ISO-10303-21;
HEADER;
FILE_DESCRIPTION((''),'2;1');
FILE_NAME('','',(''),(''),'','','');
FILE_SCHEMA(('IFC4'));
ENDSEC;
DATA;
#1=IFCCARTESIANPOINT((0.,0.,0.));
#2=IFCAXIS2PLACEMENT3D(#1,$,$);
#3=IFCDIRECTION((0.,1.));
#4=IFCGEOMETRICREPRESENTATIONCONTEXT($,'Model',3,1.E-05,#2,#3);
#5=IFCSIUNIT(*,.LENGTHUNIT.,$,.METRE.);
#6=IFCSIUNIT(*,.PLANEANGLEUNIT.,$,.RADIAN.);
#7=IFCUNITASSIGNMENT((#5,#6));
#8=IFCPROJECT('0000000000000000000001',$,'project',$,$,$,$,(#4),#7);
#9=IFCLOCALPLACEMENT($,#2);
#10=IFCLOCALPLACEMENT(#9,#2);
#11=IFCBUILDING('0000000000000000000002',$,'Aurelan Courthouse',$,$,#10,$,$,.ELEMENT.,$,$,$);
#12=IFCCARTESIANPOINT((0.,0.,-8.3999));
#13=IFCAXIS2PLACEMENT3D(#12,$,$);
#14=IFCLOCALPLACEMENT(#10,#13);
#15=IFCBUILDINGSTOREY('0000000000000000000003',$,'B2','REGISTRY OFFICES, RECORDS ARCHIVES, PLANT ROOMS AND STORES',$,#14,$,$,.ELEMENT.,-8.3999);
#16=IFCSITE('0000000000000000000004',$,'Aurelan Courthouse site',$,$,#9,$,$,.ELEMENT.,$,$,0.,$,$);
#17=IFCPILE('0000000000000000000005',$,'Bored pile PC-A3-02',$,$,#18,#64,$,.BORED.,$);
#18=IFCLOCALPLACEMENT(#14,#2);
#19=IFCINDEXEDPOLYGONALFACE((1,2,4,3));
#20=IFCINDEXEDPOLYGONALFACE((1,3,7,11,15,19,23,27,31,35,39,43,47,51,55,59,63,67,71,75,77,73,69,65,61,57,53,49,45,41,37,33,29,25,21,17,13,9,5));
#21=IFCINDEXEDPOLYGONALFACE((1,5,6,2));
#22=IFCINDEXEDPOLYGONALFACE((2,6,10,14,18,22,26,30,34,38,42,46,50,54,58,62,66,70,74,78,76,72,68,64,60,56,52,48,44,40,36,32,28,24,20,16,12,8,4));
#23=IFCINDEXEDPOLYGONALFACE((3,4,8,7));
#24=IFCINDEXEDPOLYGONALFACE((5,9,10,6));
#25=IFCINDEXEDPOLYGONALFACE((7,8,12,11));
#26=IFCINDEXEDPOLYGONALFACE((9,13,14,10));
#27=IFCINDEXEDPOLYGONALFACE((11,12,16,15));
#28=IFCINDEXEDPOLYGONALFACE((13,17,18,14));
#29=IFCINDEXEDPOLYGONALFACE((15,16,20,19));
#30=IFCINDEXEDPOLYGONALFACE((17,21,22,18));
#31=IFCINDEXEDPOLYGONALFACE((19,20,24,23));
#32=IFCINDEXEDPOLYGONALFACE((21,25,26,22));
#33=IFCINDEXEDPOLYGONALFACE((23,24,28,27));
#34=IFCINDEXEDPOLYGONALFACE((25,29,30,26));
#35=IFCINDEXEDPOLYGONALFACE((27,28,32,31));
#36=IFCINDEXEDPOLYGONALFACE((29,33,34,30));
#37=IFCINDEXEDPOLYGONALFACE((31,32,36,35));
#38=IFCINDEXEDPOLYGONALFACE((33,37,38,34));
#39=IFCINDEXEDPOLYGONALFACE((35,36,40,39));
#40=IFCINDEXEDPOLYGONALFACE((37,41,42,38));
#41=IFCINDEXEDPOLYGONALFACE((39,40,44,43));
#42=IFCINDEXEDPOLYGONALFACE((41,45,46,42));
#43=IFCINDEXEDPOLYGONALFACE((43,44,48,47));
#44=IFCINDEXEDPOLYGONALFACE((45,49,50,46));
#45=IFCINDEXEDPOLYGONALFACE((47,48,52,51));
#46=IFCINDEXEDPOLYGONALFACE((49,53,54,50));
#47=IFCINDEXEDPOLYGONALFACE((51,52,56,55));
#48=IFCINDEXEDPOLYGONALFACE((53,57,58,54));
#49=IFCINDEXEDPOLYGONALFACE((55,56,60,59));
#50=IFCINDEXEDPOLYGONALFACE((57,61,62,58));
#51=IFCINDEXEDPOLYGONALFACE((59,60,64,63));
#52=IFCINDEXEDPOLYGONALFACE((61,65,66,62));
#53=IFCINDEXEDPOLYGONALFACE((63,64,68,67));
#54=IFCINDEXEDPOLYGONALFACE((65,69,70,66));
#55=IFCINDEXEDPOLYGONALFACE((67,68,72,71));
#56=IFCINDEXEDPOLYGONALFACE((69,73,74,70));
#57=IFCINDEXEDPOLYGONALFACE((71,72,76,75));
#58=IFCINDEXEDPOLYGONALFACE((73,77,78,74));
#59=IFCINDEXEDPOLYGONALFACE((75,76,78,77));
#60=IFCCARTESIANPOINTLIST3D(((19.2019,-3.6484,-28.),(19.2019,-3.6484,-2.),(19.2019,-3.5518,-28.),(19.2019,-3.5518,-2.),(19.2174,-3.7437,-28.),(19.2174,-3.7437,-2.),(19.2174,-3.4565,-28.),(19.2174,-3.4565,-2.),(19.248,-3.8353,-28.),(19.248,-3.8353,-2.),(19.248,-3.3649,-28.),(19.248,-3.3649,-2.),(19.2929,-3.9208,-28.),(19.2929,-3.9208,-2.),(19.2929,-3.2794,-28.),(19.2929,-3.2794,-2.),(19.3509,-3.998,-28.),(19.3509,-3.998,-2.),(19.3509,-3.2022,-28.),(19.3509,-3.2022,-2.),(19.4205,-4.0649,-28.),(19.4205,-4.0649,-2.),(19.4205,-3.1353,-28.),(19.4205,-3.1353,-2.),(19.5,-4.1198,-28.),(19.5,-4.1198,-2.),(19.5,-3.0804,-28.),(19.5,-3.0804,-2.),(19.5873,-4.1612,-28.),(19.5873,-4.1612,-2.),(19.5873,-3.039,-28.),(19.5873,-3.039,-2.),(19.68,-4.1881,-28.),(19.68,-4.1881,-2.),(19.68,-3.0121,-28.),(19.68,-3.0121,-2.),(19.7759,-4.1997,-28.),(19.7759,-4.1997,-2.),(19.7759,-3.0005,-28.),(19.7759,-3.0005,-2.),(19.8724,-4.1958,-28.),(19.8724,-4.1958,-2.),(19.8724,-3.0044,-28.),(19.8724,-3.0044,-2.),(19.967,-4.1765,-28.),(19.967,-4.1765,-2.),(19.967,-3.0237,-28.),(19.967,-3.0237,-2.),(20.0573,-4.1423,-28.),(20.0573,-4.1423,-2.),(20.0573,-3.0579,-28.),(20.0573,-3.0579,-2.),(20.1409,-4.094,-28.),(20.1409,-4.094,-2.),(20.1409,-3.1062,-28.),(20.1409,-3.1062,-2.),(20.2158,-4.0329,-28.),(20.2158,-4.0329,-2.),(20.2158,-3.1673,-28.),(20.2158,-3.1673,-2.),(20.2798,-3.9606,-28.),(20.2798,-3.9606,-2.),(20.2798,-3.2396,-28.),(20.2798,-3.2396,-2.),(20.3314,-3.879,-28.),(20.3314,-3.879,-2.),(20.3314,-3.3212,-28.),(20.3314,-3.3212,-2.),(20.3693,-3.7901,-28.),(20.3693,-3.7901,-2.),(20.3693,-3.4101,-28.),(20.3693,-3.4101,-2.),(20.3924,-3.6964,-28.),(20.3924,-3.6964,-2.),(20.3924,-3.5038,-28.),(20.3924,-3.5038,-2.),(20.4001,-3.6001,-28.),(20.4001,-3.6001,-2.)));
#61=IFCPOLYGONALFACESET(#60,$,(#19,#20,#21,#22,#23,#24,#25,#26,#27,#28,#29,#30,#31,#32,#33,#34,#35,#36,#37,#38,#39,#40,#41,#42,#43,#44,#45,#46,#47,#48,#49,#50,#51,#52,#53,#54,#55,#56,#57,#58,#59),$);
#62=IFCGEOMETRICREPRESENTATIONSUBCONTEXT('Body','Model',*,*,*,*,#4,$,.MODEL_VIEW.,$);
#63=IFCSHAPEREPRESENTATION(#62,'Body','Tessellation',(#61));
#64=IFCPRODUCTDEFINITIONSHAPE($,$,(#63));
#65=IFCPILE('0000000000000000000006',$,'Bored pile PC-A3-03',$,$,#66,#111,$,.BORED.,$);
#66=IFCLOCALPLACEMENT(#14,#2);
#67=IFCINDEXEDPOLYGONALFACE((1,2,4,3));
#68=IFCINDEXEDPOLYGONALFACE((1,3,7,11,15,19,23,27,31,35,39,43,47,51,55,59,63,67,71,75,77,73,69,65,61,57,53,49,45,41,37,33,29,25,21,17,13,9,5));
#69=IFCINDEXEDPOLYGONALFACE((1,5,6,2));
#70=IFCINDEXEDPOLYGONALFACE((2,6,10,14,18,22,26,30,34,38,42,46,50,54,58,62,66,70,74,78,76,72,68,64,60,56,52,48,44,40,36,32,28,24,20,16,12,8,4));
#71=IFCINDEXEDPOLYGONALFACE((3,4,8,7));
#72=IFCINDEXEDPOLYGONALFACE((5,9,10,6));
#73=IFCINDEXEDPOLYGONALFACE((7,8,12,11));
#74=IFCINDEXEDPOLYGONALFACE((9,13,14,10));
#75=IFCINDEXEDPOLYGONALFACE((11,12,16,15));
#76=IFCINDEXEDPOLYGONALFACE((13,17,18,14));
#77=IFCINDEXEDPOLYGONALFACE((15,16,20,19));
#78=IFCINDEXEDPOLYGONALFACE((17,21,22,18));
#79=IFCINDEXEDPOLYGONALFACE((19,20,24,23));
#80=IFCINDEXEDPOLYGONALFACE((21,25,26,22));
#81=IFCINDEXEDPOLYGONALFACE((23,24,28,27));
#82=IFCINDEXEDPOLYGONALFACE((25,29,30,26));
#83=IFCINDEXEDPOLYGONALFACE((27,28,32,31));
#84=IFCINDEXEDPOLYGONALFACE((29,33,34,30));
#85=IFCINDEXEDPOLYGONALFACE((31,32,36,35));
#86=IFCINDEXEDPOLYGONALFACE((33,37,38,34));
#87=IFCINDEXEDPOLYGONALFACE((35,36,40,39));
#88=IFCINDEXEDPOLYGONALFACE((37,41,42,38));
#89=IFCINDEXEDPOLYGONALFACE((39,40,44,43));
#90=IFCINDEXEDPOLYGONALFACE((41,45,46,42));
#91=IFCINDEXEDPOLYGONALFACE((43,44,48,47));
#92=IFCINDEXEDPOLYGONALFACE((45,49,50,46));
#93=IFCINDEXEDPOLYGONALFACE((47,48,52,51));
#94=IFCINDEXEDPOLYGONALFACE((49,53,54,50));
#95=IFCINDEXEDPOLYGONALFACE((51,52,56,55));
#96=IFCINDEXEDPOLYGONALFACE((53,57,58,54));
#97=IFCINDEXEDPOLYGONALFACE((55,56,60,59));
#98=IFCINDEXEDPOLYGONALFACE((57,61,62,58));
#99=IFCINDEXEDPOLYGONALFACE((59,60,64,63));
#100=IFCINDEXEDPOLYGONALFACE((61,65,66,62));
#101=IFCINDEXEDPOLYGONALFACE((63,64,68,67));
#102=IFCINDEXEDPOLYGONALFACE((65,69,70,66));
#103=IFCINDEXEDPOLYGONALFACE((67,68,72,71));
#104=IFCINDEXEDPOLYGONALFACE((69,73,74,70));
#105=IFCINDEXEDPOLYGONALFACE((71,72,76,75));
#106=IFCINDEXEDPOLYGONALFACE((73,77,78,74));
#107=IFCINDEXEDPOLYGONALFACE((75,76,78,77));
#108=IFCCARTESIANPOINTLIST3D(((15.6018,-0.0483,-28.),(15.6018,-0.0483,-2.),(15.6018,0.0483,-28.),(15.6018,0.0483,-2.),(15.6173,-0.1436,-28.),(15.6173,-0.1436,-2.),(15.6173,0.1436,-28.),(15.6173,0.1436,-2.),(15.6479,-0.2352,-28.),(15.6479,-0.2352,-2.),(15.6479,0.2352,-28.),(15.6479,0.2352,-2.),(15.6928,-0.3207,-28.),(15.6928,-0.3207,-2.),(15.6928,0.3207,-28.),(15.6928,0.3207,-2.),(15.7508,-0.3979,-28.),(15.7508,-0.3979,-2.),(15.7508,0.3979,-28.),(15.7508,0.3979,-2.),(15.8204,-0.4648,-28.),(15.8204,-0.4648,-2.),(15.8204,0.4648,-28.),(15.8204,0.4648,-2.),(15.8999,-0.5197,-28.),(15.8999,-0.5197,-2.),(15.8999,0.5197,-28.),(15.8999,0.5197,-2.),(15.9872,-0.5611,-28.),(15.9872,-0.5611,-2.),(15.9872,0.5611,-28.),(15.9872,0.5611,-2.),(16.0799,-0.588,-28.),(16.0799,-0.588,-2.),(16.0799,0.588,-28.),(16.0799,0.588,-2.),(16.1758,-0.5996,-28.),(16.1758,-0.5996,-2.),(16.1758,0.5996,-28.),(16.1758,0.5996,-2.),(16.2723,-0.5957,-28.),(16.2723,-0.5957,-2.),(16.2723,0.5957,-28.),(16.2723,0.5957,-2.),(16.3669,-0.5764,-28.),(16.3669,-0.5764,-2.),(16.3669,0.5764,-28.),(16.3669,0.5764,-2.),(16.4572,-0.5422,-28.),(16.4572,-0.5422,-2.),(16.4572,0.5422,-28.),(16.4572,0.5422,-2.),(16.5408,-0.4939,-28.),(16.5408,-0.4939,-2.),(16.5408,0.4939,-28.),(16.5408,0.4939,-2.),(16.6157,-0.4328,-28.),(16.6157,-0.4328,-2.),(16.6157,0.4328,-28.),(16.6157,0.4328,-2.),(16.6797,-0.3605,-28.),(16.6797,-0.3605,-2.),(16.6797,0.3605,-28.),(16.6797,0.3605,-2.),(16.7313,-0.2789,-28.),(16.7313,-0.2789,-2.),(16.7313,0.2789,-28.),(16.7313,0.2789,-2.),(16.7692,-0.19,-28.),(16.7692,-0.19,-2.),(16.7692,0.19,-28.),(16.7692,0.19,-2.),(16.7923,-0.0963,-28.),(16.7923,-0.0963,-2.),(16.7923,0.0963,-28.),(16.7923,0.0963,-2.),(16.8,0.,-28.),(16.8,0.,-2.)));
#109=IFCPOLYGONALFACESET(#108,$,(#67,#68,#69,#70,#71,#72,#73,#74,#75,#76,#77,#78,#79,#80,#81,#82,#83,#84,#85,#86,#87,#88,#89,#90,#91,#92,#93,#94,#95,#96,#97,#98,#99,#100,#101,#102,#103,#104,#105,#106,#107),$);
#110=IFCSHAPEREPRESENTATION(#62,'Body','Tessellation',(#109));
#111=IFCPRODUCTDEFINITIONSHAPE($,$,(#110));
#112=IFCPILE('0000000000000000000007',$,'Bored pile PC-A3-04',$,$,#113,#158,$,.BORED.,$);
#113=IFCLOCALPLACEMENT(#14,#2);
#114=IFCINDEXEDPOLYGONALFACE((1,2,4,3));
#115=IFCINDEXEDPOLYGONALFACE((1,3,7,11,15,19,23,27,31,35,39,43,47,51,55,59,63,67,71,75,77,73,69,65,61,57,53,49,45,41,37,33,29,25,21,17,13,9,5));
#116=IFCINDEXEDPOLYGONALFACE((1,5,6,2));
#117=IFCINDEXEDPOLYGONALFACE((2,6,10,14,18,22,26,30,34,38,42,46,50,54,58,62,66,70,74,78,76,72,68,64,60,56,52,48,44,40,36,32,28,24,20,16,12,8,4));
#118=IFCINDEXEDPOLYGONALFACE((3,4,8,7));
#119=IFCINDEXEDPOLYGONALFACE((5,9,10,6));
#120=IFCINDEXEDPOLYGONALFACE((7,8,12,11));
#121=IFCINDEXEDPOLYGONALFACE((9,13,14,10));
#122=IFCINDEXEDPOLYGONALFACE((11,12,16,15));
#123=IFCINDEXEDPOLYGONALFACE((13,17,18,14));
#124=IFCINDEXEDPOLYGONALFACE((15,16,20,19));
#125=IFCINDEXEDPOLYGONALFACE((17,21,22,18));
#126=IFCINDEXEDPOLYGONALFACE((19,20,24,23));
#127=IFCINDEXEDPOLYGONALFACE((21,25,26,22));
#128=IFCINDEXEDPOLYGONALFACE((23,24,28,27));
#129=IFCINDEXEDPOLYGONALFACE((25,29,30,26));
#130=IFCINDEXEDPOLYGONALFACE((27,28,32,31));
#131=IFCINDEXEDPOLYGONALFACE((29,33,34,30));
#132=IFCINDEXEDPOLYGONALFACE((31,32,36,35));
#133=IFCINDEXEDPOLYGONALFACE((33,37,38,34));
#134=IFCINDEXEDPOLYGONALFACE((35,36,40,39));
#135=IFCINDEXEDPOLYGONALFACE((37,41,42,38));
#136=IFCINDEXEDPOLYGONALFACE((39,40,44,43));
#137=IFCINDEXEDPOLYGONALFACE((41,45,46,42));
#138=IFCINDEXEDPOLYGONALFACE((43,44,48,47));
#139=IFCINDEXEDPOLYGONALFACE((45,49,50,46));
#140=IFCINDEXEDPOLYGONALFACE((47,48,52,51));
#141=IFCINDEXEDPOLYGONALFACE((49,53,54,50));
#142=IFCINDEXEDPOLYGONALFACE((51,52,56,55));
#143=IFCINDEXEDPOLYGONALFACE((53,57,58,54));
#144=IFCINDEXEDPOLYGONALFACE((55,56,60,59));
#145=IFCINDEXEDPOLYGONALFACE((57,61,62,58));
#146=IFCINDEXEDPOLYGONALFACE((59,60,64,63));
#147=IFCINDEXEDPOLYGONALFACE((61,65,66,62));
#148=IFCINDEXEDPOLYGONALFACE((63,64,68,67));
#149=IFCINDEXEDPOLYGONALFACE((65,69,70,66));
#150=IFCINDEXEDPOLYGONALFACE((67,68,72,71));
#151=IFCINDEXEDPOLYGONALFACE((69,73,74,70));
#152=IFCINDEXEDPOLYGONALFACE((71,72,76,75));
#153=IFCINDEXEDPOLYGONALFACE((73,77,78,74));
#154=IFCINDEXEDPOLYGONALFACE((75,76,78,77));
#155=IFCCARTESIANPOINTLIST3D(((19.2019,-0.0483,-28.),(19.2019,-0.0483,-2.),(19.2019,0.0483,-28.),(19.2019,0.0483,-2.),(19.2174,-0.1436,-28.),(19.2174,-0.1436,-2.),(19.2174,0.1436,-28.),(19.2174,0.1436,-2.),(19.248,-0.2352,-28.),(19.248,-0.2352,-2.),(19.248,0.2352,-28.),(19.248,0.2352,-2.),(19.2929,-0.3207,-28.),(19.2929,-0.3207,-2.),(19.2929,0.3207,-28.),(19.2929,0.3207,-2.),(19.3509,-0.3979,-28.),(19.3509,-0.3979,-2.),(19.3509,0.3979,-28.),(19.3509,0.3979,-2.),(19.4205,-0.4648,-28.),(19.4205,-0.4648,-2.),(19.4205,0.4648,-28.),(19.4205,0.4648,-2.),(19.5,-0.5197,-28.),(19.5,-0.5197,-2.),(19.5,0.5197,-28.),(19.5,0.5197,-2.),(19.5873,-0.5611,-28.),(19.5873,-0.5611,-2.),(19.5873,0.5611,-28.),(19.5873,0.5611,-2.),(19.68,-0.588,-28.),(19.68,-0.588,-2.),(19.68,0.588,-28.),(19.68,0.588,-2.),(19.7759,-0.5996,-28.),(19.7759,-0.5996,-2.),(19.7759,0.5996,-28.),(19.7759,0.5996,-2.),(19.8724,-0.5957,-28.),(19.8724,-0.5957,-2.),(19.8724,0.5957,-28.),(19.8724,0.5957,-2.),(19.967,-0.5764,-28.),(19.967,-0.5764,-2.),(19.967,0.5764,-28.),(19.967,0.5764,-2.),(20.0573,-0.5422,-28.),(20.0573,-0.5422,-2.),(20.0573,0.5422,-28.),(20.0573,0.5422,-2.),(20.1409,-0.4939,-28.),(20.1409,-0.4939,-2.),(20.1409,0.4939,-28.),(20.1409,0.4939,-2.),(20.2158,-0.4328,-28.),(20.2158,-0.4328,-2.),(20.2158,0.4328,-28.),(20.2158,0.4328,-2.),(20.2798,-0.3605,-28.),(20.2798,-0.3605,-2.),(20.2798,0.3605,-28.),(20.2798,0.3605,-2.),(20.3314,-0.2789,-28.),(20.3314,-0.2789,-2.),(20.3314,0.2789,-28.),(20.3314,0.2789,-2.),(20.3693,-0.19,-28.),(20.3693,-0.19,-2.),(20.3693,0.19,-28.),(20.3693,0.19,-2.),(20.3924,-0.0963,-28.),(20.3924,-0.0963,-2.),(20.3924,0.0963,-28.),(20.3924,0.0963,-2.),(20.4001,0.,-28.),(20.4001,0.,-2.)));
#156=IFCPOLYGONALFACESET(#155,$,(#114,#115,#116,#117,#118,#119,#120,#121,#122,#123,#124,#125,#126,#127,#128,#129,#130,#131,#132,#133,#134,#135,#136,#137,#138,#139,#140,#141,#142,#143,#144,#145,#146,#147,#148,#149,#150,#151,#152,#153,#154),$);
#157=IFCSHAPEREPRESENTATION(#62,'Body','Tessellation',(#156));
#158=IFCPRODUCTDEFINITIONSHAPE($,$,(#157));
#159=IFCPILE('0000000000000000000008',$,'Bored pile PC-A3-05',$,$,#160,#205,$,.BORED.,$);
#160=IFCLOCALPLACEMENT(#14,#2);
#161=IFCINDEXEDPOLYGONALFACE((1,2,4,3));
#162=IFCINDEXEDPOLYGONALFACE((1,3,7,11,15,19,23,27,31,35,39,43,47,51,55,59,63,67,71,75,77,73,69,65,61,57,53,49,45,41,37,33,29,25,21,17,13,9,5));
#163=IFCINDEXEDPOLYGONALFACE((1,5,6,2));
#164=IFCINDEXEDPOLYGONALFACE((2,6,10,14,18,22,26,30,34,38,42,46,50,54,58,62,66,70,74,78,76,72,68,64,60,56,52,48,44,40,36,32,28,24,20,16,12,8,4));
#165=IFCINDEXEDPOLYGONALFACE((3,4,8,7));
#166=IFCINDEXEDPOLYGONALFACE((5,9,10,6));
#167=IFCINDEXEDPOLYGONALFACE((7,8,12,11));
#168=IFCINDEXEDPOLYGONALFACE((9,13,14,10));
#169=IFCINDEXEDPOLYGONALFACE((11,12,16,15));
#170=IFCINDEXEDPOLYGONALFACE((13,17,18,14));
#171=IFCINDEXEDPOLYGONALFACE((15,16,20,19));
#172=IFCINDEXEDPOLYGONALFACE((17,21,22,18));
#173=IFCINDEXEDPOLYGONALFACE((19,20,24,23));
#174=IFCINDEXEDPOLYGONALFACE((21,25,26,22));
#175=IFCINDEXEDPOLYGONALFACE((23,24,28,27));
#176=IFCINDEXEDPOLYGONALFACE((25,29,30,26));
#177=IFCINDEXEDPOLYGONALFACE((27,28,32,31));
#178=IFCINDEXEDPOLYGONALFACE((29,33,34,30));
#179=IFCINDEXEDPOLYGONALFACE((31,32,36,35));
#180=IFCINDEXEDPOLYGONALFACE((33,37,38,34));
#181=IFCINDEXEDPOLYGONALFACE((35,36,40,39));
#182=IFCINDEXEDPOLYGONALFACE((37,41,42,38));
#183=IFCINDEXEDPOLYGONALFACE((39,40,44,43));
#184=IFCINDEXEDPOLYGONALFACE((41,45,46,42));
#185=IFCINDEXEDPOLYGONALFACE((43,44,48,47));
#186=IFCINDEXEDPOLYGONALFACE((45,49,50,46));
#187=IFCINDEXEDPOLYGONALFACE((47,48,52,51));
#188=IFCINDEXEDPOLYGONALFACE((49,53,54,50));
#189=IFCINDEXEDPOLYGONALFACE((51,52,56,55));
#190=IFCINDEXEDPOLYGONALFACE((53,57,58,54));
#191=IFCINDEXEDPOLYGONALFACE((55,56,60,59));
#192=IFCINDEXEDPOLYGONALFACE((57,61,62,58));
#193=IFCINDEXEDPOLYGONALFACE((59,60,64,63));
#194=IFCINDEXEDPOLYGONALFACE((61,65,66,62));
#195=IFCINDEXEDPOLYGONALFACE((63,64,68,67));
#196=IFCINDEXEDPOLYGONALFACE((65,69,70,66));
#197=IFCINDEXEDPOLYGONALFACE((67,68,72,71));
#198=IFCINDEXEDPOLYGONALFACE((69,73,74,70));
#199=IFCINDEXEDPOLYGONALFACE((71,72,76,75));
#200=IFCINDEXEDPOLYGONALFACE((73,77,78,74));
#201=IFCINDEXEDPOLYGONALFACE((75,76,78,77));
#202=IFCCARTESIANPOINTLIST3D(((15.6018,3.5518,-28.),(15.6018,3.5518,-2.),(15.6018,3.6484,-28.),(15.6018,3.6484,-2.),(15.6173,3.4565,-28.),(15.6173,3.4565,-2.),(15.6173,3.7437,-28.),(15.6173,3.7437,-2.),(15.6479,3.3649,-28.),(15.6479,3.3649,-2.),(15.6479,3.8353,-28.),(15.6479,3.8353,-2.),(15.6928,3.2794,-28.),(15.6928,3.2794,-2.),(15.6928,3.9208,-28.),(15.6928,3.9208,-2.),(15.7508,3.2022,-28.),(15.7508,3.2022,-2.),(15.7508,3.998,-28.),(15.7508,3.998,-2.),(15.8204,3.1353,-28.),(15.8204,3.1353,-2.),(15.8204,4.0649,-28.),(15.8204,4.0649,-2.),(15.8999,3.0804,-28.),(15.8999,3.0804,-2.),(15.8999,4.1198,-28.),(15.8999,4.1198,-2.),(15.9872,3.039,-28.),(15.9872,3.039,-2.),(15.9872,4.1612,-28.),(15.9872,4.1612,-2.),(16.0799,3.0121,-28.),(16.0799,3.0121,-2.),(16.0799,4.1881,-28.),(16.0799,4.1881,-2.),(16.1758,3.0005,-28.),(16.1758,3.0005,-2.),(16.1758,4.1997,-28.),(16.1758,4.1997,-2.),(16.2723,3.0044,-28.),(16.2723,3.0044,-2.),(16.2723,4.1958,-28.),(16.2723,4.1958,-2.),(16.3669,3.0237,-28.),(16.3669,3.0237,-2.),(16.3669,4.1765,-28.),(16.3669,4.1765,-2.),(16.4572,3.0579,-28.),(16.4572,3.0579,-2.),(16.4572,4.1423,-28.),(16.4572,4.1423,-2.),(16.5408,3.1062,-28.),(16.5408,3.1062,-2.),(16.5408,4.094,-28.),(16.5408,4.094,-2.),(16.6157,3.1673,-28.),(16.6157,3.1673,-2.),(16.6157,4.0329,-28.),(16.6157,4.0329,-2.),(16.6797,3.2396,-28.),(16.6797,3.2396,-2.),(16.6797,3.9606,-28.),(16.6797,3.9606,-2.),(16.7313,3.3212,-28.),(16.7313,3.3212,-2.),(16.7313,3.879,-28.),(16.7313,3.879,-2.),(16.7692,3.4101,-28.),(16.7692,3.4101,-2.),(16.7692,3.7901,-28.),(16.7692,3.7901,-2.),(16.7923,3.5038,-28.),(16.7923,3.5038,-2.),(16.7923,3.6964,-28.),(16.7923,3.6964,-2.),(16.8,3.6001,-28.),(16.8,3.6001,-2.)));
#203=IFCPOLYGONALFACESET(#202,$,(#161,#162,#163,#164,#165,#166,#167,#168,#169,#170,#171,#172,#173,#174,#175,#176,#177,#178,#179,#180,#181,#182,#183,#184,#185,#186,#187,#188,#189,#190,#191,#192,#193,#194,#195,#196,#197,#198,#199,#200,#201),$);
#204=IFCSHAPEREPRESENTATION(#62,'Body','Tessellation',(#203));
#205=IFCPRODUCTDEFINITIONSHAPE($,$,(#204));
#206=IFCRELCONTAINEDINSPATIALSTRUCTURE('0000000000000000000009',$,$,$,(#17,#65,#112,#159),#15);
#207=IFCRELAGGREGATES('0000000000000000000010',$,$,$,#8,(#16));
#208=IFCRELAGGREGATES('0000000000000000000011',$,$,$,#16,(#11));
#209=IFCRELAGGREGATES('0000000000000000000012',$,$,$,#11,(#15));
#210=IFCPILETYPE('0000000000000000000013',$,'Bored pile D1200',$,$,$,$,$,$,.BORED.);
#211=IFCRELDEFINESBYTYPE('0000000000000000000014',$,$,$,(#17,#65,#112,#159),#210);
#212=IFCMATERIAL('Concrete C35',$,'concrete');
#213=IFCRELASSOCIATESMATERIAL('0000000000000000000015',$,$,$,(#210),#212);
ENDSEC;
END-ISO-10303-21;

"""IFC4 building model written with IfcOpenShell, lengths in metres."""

from ifc_helpers import new_model, si_unit, direction, frame, origin, origin_2d, place, context, subcontext, project, spatial, circle, extrude, material, material_profile, profile_set, type_object, element, save


model = new_model("IFC4")

# Units and contexts
model_context = context("Model", 3, precision=1e-05, world=origin(), true_north=direction((0.0, 1.0)))
body_context = subcontext(model_context, "Body", "Model", "MODEL_VIEW")
ifc_project = project(units=[si_unit("LENGTHUNIT", "METRE"), si_unit("PLANEANGLEUNIT", "RADIAN")], contexts=[model_context])

# Site, building, storey
site_placement = place(None, origin())
site = spatial("IfcSite", under=ifc_project, at=site_placement, Name="Aurelan Courthouse site", CompositionType="ELEMENT", RefElevation=0.0)
building_placement = place(site_placement, origin())
building = spatial("IfcBuilding", under=site, at=building_placement, Name="Aurelan Courthouse", CompositionType="ELEMENT")
storey_placement = place(building_placement, frame((0.0, 0.0, -8.3999)))
storey = spatial("IfcBuildingStorey", under=building, at=storey_placement, Name="B2", Description="REGISTRY OFFICES, RECORDS ARCHIVES, PLANT ROOMS AND STORES", CompositionType="ELEMENT", Elevation=-8.3999)

# Piles
ifc_material_1 = material(Name="Concrete C35", Category="concrete")
ifc_material_profile_1 = material_profile(ifc_material_1, circle(Radius=0.6001, at=origin_2d()), Name="D1200")
ifc_profile_set_1 = profile_set([ifc_material_profile_1], Name="Concrete C35")
pile_type = type_object("IfcPileType", Name="Bored pile D1200", PredefinedType="BORED", material=ifc_profile_set_1)
for number, where, z_axis, x_axis, name in (
    (1, (19.8, -3.6001, -2.0), (0.0, 0.0, -1.0), (1.0, 0.0, 0.0), "Bored pile PC-A3-02"),
    (2, (16.2, 0.0, -2.0), (0.0, 0.0, -1.0), (1.0, 0.0, 0.0), "Bored pile PC-A3-03"),
    (3, (19.8, 0.0, -2.0), (0.0, 0.0, -1.0), (1.0, 0.0, 0.0), "Bored pile PC-A3-04"),
    (4, (16.2, 3.6001, -2.0), (0.0, 0.0, -1.0), (1.0, 0.0, 0.0), "Bored pile PC-A3-05"),
):
    element("IfcPile", number, at=place(storey_placement, frame(where, z_axis=z_axis, x_axis=x_axis)), inside=storey, type_object=pile_type, Name=name, PredefinedType="BORED", context=body_context, shape_type="SweptSolid", body=[
        extrude(circle(Radius=0.6001, at=origin_2d()), origin(), (0.0, 0.0, 1.0), 26.0),
    ])

save(model, "model.ifc")
